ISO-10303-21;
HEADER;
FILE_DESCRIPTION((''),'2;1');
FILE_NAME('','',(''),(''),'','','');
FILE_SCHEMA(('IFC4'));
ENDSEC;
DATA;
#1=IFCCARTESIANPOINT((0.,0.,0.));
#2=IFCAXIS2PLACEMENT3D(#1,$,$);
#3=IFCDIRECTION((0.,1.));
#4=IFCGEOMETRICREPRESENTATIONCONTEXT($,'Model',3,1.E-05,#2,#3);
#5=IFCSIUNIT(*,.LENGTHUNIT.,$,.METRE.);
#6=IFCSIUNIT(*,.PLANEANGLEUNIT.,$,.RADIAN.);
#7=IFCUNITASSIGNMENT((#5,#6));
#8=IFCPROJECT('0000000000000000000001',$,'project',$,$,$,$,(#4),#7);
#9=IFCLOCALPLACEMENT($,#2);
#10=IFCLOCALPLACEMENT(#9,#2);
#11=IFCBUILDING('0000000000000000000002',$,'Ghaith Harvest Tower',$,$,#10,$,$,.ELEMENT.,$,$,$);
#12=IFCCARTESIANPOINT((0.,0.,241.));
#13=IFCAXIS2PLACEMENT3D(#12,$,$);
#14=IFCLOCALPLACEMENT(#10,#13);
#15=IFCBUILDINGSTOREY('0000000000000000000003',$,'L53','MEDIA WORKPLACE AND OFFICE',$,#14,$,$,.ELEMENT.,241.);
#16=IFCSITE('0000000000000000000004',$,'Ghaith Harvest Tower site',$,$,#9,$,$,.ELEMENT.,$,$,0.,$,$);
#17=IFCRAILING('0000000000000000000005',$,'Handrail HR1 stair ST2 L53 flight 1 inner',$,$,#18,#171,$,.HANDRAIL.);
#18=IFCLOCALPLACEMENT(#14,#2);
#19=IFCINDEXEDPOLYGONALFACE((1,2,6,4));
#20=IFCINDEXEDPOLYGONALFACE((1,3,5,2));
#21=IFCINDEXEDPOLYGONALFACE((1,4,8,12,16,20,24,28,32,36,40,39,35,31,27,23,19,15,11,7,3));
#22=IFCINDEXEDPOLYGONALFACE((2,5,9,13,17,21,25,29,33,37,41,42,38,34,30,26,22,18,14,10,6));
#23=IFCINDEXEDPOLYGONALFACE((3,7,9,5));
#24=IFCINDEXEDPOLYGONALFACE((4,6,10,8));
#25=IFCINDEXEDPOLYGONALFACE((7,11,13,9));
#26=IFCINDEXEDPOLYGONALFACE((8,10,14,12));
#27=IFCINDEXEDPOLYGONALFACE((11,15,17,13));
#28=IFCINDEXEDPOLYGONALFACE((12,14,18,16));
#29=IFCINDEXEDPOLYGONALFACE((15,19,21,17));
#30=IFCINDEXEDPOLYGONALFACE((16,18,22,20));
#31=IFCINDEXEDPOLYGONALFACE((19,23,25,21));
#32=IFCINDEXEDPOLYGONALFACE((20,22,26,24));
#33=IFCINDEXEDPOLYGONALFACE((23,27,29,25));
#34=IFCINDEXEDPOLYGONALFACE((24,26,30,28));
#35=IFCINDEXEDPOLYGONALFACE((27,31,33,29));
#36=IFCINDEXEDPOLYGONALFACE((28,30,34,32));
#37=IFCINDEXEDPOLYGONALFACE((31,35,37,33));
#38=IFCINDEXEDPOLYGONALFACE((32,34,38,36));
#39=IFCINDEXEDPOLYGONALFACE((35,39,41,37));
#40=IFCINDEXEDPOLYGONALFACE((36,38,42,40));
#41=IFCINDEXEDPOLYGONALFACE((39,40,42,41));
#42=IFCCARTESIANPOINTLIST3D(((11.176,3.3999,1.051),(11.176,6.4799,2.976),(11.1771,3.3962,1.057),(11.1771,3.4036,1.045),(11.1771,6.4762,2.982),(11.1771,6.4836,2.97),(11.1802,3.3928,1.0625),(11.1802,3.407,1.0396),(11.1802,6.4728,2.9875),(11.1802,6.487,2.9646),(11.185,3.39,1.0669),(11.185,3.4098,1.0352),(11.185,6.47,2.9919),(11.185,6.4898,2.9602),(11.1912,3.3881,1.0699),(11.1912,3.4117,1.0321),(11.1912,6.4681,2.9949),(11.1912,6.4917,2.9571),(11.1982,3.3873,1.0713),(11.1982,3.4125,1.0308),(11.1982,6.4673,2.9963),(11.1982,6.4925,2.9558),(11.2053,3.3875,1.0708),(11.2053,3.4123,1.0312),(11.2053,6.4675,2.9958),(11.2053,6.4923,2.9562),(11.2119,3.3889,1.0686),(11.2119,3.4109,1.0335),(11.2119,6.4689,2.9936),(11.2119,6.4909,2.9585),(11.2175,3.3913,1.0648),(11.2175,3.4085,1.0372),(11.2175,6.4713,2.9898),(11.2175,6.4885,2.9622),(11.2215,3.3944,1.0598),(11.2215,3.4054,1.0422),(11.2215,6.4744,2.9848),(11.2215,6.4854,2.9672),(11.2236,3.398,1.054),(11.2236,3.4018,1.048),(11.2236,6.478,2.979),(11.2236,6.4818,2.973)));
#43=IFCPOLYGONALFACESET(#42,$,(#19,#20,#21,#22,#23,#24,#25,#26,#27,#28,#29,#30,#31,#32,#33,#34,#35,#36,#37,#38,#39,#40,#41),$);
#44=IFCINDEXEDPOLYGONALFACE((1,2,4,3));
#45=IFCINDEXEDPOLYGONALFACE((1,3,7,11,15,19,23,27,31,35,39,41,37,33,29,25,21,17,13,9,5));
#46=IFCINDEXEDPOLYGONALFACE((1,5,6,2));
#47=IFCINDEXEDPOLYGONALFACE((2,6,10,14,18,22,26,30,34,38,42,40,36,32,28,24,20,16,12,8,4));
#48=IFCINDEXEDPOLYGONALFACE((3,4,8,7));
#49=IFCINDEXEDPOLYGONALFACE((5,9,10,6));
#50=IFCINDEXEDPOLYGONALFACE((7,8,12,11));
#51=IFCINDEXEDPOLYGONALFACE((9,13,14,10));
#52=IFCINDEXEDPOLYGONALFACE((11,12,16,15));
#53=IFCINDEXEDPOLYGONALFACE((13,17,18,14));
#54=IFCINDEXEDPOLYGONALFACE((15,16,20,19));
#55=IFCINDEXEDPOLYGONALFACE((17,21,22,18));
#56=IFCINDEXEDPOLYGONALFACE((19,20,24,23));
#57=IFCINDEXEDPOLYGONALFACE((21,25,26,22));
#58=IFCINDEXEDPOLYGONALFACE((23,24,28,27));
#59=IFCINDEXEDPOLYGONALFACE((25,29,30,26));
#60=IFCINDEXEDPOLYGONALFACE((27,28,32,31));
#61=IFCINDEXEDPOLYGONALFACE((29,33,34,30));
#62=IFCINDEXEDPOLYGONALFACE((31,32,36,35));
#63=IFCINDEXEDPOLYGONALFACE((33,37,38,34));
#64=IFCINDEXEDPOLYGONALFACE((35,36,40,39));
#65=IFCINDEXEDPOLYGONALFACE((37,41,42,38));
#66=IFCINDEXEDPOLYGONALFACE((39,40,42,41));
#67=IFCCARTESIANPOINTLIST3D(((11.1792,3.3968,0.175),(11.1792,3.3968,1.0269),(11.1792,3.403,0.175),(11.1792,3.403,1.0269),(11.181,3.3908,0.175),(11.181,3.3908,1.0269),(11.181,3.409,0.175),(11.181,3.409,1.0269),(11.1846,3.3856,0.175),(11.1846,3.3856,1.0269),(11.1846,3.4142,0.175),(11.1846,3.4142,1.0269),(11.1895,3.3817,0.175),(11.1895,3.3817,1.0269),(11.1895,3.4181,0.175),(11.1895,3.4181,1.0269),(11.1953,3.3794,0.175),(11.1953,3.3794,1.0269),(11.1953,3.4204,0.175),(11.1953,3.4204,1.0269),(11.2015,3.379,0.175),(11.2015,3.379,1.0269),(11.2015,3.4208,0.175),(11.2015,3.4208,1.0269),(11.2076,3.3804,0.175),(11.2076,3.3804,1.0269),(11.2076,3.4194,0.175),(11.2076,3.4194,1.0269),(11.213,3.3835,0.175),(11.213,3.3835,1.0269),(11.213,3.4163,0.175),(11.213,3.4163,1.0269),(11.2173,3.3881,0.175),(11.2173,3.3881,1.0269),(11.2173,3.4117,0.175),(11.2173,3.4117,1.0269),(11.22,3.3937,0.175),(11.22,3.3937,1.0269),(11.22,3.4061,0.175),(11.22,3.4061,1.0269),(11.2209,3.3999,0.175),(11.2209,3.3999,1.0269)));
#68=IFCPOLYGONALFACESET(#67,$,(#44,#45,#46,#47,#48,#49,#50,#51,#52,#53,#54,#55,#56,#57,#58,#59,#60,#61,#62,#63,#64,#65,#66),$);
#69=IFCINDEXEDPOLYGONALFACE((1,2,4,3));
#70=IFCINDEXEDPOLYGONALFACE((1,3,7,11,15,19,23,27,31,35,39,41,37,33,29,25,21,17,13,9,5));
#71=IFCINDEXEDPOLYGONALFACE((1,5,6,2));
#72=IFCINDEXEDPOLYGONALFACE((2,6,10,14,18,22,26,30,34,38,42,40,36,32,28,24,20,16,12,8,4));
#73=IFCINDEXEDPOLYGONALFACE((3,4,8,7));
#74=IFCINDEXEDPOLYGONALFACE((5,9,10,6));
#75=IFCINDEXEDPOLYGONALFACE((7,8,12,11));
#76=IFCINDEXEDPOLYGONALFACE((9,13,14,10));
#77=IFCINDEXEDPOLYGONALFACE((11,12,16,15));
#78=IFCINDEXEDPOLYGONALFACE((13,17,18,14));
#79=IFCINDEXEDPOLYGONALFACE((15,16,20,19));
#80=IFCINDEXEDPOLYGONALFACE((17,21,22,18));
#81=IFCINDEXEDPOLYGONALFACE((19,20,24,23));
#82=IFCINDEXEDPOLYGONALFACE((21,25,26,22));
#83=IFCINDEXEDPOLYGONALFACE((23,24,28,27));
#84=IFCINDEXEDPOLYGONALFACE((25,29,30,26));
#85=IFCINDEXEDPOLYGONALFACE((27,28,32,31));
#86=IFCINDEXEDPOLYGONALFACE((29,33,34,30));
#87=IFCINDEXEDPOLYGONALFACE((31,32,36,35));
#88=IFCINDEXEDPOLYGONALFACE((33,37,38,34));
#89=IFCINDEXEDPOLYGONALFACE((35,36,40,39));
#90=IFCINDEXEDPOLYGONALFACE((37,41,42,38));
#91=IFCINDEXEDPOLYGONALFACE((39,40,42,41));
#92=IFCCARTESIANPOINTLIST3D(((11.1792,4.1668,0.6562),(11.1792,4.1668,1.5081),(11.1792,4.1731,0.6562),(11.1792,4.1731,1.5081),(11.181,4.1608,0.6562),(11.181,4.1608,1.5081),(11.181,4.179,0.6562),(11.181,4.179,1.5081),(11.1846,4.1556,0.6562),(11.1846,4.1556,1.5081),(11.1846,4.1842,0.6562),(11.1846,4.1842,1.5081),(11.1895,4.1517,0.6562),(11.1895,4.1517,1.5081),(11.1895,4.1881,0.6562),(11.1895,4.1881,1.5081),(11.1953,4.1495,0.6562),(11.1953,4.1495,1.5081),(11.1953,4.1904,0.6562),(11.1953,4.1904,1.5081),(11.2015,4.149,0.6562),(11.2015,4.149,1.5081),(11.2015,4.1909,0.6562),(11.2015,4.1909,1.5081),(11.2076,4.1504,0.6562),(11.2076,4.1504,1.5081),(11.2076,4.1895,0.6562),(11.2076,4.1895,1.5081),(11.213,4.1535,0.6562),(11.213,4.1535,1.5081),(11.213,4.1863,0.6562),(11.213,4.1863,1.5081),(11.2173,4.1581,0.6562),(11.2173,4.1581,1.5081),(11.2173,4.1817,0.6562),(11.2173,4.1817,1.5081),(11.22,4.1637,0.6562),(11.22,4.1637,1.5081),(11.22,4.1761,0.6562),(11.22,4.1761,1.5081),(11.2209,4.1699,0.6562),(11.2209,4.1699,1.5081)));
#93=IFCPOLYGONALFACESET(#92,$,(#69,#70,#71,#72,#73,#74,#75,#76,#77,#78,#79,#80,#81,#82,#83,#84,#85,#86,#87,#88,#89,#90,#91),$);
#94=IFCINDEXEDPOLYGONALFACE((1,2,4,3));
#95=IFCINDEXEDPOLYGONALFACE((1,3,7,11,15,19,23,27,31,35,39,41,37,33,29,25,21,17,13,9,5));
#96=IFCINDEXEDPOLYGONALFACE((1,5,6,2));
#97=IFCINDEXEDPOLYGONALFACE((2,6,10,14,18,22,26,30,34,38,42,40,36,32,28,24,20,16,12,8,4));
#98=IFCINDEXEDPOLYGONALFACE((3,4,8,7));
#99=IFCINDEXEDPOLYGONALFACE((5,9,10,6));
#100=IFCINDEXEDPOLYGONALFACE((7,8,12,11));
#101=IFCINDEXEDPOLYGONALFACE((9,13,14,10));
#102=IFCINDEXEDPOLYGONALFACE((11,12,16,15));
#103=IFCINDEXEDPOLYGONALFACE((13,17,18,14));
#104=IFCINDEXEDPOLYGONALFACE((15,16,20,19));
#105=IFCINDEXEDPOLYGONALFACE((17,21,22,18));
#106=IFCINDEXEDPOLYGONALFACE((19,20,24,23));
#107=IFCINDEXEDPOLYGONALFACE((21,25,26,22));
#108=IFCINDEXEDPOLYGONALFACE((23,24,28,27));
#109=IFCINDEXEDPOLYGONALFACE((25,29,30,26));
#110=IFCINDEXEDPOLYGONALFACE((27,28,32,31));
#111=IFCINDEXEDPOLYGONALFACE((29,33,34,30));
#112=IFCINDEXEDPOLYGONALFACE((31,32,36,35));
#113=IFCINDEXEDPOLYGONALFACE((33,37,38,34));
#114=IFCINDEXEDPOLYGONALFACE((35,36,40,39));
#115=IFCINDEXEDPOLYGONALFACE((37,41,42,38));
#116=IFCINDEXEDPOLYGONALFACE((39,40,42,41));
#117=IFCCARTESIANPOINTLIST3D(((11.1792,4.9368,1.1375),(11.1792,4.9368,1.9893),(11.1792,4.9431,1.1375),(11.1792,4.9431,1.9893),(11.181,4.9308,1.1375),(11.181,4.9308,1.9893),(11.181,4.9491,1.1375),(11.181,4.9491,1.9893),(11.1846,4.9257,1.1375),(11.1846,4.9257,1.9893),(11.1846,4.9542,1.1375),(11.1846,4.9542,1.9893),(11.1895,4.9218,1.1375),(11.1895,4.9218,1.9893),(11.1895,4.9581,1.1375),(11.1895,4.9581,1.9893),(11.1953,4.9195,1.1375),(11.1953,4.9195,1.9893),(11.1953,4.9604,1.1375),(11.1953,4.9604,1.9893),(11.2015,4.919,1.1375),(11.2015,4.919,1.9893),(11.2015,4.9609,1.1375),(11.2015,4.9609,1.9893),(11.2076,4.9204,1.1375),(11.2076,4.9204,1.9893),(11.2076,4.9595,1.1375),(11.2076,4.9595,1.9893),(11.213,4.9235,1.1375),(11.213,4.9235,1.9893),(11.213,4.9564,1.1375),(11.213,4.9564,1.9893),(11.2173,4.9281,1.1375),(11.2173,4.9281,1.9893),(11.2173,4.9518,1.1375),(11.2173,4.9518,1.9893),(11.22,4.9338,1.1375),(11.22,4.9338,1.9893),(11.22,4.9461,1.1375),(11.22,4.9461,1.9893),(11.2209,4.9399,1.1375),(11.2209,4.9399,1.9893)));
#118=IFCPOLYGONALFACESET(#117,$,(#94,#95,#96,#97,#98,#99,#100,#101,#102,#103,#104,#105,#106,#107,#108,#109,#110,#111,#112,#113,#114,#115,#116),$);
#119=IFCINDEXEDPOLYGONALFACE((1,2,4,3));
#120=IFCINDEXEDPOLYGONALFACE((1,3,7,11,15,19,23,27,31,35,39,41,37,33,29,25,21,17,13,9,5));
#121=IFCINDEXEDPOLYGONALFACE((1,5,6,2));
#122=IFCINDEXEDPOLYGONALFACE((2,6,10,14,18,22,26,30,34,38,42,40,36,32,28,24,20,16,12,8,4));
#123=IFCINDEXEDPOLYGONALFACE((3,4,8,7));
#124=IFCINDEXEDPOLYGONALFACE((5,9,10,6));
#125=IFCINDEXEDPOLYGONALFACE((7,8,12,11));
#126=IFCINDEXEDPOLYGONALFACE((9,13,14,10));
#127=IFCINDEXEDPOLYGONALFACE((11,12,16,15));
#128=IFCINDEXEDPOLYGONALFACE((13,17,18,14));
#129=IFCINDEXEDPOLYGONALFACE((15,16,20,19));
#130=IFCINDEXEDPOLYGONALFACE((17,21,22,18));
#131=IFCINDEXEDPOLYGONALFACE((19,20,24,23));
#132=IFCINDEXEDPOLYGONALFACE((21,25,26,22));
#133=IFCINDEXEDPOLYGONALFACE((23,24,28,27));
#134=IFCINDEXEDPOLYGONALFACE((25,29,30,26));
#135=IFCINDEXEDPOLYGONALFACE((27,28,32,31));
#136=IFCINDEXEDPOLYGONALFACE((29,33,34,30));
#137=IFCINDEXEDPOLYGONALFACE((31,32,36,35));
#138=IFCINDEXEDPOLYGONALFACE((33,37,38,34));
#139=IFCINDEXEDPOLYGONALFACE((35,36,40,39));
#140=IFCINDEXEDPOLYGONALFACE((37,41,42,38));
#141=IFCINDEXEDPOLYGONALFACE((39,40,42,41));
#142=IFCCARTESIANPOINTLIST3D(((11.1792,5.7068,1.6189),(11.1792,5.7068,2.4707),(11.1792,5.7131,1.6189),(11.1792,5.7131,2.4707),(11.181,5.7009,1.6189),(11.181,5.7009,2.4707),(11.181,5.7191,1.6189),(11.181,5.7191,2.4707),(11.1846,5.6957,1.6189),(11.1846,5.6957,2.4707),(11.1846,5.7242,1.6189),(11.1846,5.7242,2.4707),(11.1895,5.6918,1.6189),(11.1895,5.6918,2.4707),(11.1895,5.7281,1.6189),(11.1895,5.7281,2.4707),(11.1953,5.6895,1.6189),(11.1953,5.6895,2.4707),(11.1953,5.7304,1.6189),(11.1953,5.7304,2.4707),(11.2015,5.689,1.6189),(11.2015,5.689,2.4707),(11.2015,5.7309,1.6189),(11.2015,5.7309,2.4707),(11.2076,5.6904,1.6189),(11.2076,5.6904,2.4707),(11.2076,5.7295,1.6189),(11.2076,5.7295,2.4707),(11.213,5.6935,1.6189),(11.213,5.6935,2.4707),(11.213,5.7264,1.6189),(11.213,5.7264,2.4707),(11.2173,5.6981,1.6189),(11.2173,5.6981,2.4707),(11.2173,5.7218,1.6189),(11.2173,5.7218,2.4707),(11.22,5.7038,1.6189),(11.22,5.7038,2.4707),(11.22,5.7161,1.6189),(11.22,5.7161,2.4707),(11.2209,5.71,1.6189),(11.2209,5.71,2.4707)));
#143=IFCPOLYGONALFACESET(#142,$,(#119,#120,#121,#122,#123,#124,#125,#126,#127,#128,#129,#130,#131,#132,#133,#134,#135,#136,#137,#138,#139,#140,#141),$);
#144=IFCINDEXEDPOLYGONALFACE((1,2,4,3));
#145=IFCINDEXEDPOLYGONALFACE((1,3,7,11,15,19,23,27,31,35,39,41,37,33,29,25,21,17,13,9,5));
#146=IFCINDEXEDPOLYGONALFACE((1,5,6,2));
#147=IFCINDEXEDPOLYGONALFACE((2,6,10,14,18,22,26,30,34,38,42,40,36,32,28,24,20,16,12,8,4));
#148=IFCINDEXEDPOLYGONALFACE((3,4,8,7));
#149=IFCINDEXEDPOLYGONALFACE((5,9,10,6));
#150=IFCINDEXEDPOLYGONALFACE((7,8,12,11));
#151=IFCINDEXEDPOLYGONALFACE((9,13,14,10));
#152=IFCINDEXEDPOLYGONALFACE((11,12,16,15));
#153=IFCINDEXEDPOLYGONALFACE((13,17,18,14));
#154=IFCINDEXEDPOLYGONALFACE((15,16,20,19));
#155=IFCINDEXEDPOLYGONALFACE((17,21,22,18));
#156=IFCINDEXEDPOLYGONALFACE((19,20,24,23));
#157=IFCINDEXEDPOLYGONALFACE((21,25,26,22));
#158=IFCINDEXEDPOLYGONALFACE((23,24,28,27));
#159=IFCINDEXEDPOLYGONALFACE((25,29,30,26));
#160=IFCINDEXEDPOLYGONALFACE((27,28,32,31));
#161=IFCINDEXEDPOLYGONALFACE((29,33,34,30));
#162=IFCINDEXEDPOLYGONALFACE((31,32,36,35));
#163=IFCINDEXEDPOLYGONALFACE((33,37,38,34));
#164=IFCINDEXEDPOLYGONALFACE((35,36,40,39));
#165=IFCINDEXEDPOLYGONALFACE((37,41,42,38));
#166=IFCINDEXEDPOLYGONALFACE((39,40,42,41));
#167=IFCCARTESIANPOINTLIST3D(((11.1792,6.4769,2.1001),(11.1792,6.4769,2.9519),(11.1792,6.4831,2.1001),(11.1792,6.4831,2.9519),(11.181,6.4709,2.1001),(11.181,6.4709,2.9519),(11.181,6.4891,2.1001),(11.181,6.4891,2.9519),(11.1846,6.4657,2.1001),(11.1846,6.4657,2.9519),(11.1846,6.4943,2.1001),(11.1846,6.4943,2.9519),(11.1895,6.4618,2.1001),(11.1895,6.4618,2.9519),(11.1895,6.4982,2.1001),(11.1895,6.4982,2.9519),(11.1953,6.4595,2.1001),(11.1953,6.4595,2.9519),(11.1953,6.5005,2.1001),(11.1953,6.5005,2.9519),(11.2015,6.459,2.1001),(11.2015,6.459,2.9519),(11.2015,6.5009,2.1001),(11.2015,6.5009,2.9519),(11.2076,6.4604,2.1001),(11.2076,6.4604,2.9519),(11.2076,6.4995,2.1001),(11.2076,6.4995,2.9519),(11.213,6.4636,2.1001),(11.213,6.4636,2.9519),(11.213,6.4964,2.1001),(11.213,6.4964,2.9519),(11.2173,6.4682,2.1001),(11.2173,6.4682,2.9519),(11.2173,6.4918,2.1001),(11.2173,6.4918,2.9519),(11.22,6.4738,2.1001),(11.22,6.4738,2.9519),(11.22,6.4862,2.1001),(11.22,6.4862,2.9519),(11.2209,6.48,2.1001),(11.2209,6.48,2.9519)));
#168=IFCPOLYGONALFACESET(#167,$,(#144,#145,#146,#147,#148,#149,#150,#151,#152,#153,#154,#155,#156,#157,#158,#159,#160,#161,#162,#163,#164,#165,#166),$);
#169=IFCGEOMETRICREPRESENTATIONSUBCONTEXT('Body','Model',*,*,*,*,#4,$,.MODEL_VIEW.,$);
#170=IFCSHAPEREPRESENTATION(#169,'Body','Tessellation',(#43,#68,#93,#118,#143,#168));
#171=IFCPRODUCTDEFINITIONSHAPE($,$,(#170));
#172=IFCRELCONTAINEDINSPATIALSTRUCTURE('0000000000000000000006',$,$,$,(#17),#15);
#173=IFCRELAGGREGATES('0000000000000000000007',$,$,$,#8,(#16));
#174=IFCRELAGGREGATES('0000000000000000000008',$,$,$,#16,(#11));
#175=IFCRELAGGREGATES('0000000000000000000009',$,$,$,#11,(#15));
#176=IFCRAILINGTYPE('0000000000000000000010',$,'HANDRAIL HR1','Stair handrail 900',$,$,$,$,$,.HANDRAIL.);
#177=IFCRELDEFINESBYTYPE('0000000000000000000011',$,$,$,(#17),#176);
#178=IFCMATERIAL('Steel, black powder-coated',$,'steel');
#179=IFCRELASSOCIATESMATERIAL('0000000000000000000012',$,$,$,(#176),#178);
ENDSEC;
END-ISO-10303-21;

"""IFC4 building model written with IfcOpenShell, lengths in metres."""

from ifc_helpers import new_model, si_unit, direction, frame, origin, origin_2d, place, context, subcontext, project, spatial, circle, extrude, material, type_object, element, save


model = new_model("IFC4")

# Units and contexts
model_context = context("Model", 3, precision=1e-05, world=origin(), true_north=direction((0.0, 1.0)))
body_context = subcontext(model_context, "Body", "Model", "MODEL_VIEW")
ifc_project = project(units=[si_unit("LENGTHUNIT", "METRE"), si_unit("PLANEANGLEUNIT", "RADIAN")], contexts=[model_context])

# Site, building, storey
site_placement = place(None, origin())
site = spatial("IfcSite", under=ifc_project, at=site_placement, Name="Ghaith Harvest Tower site", CompositionType="ELEMENT", RefElevation=0.0)
building_placement = place(site_placement, origin())
building = spatial("IfcBuilding", under=site, at=building_placement, Name="Ghaith Harvest Tower", CompositionType="ELEMENT")
storey_placement = place(building_placement, frame((0.0, 0.0, 241.0)))
storey = spatial("IfcBuildingStorey", under=building, at=storey_placement, Name="L53", Description="MEDIA WORKPLACE AND OFFICE", CompositionType="ELEMENT", Elevation=241.0)

# Railing
ifc_material_1 = material(Name="Steel, black powder-coated", Category="steel")
railing_type = type_object("IfcRailingType", Name="HANDRAIL HR1", Description="Stair handrail 900", PredefinedType="HANDRAIL", material=ifc_material_1)
railing_1_placement = place(storey_placement, frame((11.2, 3.3999, 0.175)))
element("IfcRailing", 1, at=railing_1_placement, inside=storey, type_object=railing_type, Name="Handrail HR1 stair ST2 L53 flight 1 inner", PredefinedType="HANDRAIL", context=body_context, shape_type="SweptSolid", body=[
    extrude(circle(Radius=0.0239, at=origin_2d()), frame((0.0, 0.0, 0.876), z_axis=(0.0, 0.847998, 0.529999), x_axis=(-1.0, 0.0, 0.0)), (0.0, 0.0, 1.0), 3.6321),
    extrude(circle(Radius=0.021, at=origin_2d()), origin(), (0.0, 0.0, 1.0), 0.8518),
    extrude(circle(Radius=0.021, at=origin_2d()), frame((0.0, 0.77, 0.4812)), (0.0, 0.0, 1.0), 0.8518),
    extrude(circle(Radius=0.021, at=origin_2d()), frame((0.0, 1.54, 0.9624)), (0.0, 0.0, 1.0), 0.8518),
    extrude(circle(Radius=0.021, at=origin_2d()), frame((0.0, 2.3101, 1.4438)), (0.0, 0.0, 1.0), 0.8518),
    extrude(circle(Radius=0.021, at=origin_2d()), frame((0.0, 3.0801, 1.925)), (0.0, 0.0, 1.0), 0.8518),
])

save(model, "model.ifc")
